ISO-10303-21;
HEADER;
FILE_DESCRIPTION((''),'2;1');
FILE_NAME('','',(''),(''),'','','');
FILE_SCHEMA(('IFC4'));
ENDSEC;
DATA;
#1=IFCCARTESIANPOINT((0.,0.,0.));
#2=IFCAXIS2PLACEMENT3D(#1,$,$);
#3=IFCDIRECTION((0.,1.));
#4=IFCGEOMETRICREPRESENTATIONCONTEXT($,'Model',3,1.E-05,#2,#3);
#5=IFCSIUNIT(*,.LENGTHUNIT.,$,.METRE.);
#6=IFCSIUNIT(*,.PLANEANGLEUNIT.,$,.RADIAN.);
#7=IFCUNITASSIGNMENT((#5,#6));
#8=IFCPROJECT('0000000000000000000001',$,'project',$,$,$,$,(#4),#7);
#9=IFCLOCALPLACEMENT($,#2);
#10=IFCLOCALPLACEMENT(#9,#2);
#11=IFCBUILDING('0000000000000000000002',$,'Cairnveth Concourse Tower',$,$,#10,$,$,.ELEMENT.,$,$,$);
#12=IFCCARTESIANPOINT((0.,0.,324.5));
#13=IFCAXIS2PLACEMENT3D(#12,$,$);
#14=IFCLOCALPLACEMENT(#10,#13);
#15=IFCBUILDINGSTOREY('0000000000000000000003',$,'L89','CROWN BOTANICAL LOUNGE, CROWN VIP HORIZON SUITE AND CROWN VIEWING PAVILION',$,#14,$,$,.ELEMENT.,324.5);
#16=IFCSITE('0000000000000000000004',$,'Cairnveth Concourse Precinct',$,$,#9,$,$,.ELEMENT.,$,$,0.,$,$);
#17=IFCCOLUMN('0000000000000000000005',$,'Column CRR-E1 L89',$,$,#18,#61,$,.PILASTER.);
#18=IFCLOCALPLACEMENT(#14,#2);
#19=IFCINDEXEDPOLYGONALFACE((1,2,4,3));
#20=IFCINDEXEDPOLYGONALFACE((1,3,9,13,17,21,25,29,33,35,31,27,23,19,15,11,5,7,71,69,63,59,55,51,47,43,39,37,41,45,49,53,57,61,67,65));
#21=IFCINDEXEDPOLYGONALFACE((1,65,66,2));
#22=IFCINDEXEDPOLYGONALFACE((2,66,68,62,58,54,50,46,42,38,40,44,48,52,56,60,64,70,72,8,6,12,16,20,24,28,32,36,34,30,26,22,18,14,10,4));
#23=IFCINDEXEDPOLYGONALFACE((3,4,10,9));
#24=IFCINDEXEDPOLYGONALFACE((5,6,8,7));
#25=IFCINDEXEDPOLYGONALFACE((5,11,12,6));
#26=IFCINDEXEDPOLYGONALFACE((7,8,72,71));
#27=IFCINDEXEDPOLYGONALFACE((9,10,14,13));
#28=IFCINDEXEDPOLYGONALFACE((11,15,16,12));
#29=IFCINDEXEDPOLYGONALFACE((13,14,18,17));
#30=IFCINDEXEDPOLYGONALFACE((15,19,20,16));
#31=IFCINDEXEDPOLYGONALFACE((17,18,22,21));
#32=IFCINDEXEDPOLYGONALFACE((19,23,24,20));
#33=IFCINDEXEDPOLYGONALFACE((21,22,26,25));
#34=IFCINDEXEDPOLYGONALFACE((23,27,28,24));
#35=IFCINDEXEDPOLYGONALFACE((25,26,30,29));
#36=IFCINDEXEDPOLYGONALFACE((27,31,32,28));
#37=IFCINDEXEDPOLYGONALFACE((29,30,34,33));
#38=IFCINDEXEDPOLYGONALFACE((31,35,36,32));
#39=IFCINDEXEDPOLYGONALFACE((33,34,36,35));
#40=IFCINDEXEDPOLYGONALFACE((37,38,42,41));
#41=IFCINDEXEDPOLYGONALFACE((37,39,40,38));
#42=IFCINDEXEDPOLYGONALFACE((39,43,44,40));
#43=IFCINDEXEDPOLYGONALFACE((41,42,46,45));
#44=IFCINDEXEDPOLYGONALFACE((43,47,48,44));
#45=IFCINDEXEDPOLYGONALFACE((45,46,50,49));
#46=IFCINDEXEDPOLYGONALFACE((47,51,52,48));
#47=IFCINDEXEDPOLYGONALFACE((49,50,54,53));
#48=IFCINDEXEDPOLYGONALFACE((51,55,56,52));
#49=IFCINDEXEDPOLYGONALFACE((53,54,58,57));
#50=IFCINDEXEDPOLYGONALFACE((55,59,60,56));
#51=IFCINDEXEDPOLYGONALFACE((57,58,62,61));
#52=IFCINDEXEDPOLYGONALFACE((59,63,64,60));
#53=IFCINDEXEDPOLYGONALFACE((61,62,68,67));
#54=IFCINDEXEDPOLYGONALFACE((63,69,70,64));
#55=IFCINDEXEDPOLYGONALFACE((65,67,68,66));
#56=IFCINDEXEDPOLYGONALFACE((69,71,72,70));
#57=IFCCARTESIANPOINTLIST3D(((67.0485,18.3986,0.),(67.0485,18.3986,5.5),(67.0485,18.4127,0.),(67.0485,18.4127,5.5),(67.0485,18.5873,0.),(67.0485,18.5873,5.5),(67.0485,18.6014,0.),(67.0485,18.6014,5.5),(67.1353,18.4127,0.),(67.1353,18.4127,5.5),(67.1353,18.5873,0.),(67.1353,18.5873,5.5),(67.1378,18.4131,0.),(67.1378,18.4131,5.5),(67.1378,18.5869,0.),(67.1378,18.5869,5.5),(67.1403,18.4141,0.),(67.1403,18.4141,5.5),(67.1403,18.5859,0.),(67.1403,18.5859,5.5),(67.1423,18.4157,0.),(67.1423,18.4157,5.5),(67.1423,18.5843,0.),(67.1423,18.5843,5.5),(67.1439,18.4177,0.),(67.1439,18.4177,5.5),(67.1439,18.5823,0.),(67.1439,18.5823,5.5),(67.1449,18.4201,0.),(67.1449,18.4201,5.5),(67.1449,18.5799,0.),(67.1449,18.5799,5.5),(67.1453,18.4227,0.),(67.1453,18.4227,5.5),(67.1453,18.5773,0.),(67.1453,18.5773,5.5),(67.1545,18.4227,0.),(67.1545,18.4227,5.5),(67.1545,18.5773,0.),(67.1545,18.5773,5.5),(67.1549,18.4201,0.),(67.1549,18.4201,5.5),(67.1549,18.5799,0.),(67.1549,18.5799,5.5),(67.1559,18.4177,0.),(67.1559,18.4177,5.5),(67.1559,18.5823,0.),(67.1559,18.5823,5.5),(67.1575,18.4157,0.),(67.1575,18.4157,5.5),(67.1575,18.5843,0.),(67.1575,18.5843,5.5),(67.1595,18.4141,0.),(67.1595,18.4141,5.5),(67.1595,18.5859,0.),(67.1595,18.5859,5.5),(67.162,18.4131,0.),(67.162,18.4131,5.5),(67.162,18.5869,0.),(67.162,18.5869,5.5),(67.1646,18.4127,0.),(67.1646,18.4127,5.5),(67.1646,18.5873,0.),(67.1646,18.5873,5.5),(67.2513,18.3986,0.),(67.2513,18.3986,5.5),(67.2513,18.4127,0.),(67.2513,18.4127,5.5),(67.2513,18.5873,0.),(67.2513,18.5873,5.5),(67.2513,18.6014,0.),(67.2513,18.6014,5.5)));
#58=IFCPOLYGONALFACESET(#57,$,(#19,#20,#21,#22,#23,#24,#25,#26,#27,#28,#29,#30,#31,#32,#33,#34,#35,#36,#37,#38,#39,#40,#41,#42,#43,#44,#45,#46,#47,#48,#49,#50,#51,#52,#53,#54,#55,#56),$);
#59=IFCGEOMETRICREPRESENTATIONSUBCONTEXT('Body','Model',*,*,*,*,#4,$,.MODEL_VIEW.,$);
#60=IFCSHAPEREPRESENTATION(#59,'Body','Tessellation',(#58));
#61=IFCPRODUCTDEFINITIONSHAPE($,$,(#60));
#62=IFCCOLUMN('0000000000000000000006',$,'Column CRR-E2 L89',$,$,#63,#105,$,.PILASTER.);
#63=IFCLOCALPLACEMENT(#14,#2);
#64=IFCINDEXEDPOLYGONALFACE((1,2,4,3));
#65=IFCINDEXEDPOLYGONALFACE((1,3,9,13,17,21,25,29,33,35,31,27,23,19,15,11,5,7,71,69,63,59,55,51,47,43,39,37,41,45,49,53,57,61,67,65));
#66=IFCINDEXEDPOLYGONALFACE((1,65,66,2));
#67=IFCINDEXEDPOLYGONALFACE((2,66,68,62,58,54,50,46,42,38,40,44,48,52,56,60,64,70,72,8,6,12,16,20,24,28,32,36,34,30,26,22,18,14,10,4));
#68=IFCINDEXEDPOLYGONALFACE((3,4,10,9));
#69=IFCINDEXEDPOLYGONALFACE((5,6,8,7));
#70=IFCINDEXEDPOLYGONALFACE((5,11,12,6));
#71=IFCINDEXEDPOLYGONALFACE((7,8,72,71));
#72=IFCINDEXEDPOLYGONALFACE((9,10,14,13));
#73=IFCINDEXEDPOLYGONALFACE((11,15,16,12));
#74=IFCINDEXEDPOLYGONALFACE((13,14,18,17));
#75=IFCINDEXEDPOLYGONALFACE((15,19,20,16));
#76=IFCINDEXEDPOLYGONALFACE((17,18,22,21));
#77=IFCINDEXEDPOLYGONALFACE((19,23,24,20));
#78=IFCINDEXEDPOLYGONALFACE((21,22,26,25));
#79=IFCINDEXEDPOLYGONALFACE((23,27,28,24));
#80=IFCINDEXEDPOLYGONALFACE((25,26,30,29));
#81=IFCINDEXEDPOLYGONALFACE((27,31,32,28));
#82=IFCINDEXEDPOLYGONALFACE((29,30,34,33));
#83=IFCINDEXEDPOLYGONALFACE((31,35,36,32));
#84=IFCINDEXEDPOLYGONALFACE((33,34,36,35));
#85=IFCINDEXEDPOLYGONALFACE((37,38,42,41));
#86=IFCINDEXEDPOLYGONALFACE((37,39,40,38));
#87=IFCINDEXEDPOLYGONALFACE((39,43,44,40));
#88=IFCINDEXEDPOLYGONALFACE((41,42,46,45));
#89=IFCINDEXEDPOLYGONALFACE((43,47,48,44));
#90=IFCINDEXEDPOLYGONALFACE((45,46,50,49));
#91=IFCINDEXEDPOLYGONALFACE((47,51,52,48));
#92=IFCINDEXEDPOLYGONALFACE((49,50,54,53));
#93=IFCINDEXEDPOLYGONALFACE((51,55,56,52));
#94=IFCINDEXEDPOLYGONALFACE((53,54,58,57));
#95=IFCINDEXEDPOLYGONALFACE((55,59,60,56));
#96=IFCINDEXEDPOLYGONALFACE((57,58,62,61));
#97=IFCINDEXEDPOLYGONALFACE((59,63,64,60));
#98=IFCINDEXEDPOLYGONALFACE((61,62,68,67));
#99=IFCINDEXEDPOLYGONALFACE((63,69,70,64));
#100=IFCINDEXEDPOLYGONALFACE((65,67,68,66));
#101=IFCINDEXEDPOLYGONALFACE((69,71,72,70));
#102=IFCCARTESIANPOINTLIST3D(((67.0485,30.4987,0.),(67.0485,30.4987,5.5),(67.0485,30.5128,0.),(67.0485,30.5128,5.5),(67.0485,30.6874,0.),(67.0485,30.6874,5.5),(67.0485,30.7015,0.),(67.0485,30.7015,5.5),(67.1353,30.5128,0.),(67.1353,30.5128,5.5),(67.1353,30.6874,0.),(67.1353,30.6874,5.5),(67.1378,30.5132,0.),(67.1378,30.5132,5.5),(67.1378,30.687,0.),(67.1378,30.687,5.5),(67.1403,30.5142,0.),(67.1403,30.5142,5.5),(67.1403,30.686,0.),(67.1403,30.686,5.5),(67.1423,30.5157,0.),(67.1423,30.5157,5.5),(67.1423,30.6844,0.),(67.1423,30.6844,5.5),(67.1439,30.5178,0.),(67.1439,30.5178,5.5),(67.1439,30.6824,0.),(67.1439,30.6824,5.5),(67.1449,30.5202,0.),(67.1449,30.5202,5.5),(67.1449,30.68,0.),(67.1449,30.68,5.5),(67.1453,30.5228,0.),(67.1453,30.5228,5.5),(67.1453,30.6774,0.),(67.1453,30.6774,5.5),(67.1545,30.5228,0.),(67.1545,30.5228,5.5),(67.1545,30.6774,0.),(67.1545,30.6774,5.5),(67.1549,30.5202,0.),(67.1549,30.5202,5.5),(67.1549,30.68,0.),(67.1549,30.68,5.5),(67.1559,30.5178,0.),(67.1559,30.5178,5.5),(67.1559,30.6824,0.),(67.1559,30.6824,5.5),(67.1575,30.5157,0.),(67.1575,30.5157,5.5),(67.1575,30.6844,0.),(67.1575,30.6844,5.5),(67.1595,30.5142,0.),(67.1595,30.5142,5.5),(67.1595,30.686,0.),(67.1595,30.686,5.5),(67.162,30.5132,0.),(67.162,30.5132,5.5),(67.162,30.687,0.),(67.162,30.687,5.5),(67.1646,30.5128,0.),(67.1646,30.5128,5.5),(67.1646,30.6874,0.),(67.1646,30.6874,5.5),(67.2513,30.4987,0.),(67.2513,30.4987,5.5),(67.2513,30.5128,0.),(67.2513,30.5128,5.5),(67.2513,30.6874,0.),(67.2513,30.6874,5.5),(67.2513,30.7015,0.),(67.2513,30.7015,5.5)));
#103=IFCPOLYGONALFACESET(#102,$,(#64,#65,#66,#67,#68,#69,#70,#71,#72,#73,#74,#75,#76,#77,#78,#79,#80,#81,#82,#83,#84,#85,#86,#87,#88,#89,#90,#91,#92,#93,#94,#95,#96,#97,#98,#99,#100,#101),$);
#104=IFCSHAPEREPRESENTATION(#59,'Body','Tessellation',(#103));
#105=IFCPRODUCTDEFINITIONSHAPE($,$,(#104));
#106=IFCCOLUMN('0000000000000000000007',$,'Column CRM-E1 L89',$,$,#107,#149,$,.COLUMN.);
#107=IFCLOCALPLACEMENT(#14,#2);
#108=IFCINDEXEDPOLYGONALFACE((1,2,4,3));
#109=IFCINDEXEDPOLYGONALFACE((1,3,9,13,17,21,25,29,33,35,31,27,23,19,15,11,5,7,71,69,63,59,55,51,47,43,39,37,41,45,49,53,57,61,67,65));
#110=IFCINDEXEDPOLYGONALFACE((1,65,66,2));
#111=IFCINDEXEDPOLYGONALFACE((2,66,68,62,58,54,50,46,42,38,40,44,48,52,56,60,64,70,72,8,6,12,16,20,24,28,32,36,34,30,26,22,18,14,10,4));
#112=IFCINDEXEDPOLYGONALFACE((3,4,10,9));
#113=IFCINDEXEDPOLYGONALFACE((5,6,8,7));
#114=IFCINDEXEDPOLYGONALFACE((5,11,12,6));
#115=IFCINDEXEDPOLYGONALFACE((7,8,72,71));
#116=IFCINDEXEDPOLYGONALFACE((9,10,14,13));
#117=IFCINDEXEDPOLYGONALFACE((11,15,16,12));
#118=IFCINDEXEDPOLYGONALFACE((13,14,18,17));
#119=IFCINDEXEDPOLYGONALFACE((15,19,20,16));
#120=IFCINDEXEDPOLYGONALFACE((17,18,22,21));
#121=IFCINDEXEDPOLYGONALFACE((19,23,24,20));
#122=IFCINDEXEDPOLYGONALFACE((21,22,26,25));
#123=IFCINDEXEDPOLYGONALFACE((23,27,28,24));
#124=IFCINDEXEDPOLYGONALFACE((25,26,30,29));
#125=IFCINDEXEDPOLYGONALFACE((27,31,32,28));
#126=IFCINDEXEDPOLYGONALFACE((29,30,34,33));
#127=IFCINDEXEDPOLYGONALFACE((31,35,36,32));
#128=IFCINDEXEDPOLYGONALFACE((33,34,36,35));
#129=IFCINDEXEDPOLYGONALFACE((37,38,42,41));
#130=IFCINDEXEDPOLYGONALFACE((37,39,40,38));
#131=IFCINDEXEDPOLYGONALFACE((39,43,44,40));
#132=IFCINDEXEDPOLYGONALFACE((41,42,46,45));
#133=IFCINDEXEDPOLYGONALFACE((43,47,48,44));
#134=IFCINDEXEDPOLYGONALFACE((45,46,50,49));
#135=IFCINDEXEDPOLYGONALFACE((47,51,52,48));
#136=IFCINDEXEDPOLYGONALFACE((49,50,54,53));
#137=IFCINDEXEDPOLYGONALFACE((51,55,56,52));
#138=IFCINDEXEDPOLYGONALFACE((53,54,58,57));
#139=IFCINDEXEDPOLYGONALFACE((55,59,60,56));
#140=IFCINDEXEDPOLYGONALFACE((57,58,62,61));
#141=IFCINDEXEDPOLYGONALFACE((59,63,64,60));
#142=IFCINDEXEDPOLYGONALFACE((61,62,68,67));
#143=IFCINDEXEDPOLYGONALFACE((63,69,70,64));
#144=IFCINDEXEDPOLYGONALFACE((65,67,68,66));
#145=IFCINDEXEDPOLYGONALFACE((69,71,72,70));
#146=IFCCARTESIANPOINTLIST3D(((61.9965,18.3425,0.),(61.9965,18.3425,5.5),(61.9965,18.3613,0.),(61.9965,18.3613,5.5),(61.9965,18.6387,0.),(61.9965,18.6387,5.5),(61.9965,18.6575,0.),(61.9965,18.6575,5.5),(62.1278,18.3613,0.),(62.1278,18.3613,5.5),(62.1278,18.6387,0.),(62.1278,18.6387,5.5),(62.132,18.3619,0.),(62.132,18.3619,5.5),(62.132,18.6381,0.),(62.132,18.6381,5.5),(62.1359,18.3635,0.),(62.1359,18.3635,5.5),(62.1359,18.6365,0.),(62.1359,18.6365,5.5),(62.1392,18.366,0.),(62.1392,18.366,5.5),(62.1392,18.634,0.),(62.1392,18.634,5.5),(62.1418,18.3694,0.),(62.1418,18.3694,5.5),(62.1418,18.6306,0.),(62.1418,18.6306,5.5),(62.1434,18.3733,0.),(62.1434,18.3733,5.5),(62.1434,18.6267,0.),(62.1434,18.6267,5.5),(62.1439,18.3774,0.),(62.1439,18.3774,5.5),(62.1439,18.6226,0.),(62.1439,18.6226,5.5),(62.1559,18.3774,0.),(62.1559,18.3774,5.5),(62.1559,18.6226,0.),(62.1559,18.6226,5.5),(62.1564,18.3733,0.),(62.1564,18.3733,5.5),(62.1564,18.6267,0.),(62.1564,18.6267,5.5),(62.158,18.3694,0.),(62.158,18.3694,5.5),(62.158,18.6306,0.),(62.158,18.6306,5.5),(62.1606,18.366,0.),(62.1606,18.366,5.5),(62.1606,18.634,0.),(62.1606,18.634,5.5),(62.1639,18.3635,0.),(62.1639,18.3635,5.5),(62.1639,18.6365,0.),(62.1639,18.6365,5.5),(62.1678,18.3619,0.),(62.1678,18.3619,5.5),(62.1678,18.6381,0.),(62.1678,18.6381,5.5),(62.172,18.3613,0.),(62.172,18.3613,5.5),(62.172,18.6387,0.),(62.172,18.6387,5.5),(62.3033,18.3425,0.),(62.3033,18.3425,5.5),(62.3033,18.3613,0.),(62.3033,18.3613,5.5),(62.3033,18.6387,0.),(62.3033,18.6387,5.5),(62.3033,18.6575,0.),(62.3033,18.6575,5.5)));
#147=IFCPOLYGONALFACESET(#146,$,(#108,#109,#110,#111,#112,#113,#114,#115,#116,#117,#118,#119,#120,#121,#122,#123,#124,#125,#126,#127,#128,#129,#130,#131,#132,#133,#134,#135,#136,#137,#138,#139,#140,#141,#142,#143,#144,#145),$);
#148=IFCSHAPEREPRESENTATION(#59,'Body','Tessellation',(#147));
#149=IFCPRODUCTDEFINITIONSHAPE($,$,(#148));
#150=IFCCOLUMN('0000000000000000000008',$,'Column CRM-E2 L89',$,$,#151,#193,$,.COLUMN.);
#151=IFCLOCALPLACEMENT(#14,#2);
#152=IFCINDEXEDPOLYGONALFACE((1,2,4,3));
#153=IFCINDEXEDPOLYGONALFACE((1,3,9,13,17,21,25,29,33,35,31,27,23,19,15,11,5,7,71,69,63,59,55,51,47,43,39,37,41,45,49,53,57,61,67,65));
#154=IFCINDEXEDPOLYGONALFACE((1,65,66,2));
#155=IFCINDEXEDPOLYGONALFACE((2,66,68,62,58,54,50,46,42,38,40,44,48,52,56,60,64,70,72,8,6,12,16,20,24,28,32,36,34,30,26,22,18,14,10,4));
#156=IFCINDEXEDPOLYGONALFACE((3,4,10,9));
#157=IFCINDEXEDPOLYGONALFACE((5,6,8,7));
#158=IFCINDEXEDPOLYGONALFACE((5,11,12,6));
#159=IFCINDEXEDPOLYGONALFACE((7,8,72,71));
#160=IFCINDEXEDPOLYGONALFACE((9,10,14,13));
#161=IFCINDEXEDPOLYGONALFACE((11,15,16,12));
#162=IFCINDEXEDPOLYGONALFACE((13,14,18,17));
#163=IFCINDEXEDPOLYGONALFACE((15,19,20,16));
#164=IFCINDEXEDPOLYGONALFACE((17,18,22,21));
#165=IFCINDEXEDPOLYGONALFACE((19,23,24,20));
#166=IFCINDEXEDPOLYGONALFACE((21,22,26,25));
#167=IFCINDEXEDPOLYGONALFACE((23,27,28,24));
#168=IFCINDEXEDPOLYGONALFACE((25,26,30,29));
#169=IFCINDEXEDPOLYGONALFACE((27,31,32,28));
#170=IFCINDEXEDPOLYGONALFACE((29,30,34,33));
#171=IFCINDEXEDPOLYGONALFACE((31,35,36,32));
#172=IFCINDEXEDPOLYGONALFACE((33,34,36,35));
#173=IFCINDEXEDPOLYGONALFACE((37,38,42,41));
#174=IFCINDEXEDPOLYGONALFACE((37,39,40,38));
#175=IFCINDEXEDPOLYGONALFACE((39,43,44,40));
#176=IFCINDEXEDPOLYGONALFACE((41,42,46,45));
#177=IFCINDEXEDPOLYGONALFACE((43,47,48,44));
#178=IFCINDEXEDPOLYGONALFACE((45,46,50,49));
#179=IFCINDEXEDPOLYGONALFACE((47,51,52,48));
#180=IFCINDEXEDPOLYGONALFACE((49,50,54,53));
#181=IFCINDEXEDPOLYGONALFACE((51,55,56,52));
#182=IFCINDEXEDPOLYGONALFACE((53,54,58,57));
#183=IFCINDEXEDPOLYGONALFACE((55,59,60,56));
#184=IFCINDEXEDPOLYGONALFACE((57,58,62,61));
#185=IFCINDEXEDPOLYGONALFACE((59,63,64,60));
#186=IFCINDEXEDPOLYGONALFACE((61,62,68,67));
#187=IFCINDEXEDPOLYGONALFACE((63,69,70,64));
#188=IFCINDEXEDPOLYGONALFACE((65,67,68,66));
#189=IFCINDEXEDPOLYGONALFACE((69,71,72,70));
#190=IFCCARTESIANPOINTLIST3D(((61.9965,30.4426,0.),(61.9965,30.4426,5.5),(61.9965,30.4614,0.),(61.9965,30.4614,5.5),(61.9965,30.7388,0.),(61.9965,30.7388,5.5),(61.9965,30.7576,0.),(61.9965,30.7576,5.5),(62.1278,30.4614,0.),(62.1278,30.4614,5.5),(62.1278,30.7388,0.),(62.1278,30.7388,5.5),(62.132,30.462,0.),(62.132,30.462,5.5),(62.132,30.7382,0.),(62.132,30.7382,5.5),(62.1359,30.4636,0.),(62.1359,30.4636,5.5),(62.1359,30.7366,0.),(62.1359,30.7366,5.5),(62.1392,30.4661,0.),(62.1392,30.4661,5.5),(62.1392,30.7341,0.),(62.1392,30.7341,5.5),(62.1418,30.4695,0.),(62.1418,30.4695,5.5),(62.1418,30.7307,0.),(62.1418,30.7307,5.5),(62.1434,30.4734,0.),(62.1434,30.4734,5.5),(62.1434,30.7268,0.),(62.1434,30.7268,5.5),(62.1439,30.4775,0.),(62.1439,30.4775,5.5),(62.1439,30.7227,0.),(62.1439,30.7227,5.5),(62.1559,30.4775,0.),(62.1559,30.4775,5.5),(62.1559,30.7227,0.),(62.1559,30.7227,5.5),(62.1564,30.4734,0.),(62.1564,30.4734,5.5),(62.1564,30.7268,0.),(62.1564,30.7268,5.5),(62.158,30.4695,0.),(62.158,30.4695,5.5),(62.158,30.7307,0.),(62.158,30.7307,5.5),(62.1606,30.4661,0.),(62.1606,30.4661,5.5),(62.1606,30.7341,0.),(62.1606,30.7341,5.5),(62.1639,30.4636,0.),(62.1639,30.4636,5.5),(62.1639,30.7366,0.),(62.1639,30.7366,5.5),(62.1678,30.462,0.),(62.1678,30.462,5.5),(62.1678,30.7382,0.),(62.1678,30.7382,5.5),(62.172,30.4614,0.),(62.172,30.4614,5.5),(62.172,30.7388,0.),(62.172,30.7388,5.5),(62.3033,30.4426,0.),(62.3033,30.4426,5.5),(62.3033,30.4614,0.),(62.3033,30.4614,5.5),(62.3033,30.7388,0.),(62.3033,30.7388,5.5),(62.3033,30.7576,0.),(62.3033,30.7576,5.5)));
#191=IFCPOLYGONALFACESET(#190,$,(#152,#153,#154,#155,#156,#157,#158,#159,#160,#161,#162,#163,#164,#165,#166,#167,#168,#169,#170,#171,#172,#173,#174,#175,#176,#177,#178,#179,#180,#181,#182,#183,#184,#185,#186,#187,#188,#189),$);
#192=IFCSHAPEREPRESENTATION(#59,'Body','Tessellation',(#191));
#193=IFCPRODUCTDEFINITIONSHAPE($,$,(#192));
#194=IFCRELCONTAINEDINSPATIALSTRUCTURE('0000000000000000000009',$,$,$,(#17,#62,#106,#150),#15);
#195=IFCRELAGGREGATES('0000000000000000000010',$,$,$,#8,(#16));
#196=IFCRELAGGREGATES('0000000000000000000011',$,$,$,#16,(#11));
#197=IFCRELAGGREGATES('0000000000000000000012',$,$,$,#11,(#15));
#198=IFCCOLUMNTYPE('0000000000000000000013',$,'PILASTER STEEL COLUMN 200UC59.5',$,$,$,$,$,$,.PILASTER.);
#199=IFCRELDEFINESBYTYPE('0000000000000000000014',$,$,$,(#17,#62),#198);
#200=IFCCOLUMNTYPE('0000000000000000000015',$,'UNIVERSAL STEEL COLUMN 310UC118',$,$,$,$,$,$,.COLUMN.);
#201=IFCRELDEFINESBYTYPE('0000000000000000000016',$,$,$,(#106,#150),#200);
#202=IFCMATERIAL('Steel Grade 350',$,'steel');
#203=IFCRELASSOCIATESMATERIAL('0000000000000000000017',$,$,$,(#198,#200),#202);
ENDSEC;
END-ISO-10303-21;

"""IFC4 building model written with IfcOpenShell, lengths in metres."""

from ifc_helpers import new_model, si_unit, direction, frame, origin, origin_2d, place, context, subcontext, project, spatial, i_section, extrude, material, material_profile, profile_set, type_object, element, save


model = new_model("IFC4")

# Units and contexts
model_context = context("Model", 3, precision=1e-05, world=origin(), true_north=direction((0.0, 1.0)))
body_context = subcontext(model_context, "Body", "Model", "MODEL_VIEW")
ifc_project = project(units=[si_unit("LENGTHUNIT", "METRE"), si_unit("PLANEANGLEUNIT", "RADIAN")], contexts=[model_context])

# Site, building, storey
site_placement = place(None, origin())
site = spatial("IfcSite", under=ifc_project, at=site_placement, Name="Cairnveth Concourse Precinct", CompositionType="ELEMENT", RefElevation=0.0)
building_placement = place(site_placement, origin())
building = spatial("IfcBuilding", under=site, at=building_placement, Name="Cairnveth Concourse Tower", CompositionType="ELEMENT")
storey_placement = place(building_placement, frame((0.0, 0.0, 324.5)))
storey = spatial("IfcBuildingStorey", under=building, at=storey_placement, Name="L89", Description="CROWN BOTANICAL LOUNGE, CROWN VIP HORIZON SUITE AND CROWN VIEWING PAVILION", CompositionType="ELEMENT", Elevation=324.5)

# Columns
ifc_material_1 = material(Name="Steel Grade 350", Category="steel")
ifc_material_profile_1 = material_profile(ifc_material_1, i_section(OverallWidth=0.2029, OverallDepth=0.2029, WebThickness=0.0093, FlangeThickness=0.0142, FilletRadius=0.01, at=origin_2d()), Name="200UC59.5")
ifc_profile_set_1 = profile_set([ifc_material_profile_1], Name="Steel Grade 350")
column_type_1 = type_object("IfcColumnType", Name="PILASTER STEEL COLUMN 200UC59.5", PredefinedType="PILASTER", material=ifc_profile_set_1)
for number, where, z_axis, x_axis, name in (
    (1, (67.1499, 18.5, 0.0), (0.0, 0.0, 1.0), (1.0, 0.0, 0.0), "Column CRR-E1 L89"),
    (2, (67.1499, 30.6001, 0.0), (0.0, 0.0, 1.0), (1.0, 0.0, 0.0), "Column CRR-E2 L89"),
):
    element("IfcColumn", number, at=place(storey_placement, frame(where, z_axis=z_axis, x_axis=x_axis)), inside=storey, type_object=column_type_1, Name=name, PredefinedType="PILASTER", context=body_context, shape_type="SweptSolid", body=[
        extrude(i_section(OverallWidth=0.2029, OverallDepth=0.2029, WebThickness=0.0093, FlangeThickness=0.0142, FilletRadius=0.01, at=origin_2d()), origin(), (0.0, 0.0, 1.0), 5.5),
    ])
ifc_material_profile_2 = material_profile(ifc_material_1, i_section(OverallWidth=0.3069, OverallDepth=0.3149, WebThickness=0.012, FlangeThickness=0.0188, FilletRadius=0.0161, at=origin_2d()), Name="310UC118")
ifc_profile_set_2 = profile_set([ifc_material_profile_2], Name="Steel Grade 350")
column_type_2 = type_object("IfcColumnType", Name="UNIVERSAL STEEL COLUMN 310UC118", PredefinedType="COLUMN", material=ifc_profile_set_2)
for number, where, z_axis, x_axis, name in (
    (3, (62.1499, 18.5, 0.0), (0.0, 0.0, 1.0), (1.0, 0.0, 0.0), "Column CRM-E1 L89"),
    (4, (62.1499, 30.6001, 0.0), (0.0, 0.0, 1.0), (1.0, 0.0, 0.0), "Column CRM-E2 L89"),
):
    element("IfcColumn", number, at=place(storey_placement, frame(where, z_axis=z_axis, x_axis=x_axis)), inside=storey, type_object=column_type_2, Name=name, PredefinedType="COLUMN", context=body_context, shape_type="SweptSolid", body=[
        extrude(i_section(OverallWidth=0.3069, OverallDepth=0.3149, WebThickness=0.012, FlangeThickness=0.0188, FilletRadius=0.0161, at=origin_2d()), origin(), (0.0, 0.0, 1.0), 5.5),
    ])

save(model, "model.ifc")
